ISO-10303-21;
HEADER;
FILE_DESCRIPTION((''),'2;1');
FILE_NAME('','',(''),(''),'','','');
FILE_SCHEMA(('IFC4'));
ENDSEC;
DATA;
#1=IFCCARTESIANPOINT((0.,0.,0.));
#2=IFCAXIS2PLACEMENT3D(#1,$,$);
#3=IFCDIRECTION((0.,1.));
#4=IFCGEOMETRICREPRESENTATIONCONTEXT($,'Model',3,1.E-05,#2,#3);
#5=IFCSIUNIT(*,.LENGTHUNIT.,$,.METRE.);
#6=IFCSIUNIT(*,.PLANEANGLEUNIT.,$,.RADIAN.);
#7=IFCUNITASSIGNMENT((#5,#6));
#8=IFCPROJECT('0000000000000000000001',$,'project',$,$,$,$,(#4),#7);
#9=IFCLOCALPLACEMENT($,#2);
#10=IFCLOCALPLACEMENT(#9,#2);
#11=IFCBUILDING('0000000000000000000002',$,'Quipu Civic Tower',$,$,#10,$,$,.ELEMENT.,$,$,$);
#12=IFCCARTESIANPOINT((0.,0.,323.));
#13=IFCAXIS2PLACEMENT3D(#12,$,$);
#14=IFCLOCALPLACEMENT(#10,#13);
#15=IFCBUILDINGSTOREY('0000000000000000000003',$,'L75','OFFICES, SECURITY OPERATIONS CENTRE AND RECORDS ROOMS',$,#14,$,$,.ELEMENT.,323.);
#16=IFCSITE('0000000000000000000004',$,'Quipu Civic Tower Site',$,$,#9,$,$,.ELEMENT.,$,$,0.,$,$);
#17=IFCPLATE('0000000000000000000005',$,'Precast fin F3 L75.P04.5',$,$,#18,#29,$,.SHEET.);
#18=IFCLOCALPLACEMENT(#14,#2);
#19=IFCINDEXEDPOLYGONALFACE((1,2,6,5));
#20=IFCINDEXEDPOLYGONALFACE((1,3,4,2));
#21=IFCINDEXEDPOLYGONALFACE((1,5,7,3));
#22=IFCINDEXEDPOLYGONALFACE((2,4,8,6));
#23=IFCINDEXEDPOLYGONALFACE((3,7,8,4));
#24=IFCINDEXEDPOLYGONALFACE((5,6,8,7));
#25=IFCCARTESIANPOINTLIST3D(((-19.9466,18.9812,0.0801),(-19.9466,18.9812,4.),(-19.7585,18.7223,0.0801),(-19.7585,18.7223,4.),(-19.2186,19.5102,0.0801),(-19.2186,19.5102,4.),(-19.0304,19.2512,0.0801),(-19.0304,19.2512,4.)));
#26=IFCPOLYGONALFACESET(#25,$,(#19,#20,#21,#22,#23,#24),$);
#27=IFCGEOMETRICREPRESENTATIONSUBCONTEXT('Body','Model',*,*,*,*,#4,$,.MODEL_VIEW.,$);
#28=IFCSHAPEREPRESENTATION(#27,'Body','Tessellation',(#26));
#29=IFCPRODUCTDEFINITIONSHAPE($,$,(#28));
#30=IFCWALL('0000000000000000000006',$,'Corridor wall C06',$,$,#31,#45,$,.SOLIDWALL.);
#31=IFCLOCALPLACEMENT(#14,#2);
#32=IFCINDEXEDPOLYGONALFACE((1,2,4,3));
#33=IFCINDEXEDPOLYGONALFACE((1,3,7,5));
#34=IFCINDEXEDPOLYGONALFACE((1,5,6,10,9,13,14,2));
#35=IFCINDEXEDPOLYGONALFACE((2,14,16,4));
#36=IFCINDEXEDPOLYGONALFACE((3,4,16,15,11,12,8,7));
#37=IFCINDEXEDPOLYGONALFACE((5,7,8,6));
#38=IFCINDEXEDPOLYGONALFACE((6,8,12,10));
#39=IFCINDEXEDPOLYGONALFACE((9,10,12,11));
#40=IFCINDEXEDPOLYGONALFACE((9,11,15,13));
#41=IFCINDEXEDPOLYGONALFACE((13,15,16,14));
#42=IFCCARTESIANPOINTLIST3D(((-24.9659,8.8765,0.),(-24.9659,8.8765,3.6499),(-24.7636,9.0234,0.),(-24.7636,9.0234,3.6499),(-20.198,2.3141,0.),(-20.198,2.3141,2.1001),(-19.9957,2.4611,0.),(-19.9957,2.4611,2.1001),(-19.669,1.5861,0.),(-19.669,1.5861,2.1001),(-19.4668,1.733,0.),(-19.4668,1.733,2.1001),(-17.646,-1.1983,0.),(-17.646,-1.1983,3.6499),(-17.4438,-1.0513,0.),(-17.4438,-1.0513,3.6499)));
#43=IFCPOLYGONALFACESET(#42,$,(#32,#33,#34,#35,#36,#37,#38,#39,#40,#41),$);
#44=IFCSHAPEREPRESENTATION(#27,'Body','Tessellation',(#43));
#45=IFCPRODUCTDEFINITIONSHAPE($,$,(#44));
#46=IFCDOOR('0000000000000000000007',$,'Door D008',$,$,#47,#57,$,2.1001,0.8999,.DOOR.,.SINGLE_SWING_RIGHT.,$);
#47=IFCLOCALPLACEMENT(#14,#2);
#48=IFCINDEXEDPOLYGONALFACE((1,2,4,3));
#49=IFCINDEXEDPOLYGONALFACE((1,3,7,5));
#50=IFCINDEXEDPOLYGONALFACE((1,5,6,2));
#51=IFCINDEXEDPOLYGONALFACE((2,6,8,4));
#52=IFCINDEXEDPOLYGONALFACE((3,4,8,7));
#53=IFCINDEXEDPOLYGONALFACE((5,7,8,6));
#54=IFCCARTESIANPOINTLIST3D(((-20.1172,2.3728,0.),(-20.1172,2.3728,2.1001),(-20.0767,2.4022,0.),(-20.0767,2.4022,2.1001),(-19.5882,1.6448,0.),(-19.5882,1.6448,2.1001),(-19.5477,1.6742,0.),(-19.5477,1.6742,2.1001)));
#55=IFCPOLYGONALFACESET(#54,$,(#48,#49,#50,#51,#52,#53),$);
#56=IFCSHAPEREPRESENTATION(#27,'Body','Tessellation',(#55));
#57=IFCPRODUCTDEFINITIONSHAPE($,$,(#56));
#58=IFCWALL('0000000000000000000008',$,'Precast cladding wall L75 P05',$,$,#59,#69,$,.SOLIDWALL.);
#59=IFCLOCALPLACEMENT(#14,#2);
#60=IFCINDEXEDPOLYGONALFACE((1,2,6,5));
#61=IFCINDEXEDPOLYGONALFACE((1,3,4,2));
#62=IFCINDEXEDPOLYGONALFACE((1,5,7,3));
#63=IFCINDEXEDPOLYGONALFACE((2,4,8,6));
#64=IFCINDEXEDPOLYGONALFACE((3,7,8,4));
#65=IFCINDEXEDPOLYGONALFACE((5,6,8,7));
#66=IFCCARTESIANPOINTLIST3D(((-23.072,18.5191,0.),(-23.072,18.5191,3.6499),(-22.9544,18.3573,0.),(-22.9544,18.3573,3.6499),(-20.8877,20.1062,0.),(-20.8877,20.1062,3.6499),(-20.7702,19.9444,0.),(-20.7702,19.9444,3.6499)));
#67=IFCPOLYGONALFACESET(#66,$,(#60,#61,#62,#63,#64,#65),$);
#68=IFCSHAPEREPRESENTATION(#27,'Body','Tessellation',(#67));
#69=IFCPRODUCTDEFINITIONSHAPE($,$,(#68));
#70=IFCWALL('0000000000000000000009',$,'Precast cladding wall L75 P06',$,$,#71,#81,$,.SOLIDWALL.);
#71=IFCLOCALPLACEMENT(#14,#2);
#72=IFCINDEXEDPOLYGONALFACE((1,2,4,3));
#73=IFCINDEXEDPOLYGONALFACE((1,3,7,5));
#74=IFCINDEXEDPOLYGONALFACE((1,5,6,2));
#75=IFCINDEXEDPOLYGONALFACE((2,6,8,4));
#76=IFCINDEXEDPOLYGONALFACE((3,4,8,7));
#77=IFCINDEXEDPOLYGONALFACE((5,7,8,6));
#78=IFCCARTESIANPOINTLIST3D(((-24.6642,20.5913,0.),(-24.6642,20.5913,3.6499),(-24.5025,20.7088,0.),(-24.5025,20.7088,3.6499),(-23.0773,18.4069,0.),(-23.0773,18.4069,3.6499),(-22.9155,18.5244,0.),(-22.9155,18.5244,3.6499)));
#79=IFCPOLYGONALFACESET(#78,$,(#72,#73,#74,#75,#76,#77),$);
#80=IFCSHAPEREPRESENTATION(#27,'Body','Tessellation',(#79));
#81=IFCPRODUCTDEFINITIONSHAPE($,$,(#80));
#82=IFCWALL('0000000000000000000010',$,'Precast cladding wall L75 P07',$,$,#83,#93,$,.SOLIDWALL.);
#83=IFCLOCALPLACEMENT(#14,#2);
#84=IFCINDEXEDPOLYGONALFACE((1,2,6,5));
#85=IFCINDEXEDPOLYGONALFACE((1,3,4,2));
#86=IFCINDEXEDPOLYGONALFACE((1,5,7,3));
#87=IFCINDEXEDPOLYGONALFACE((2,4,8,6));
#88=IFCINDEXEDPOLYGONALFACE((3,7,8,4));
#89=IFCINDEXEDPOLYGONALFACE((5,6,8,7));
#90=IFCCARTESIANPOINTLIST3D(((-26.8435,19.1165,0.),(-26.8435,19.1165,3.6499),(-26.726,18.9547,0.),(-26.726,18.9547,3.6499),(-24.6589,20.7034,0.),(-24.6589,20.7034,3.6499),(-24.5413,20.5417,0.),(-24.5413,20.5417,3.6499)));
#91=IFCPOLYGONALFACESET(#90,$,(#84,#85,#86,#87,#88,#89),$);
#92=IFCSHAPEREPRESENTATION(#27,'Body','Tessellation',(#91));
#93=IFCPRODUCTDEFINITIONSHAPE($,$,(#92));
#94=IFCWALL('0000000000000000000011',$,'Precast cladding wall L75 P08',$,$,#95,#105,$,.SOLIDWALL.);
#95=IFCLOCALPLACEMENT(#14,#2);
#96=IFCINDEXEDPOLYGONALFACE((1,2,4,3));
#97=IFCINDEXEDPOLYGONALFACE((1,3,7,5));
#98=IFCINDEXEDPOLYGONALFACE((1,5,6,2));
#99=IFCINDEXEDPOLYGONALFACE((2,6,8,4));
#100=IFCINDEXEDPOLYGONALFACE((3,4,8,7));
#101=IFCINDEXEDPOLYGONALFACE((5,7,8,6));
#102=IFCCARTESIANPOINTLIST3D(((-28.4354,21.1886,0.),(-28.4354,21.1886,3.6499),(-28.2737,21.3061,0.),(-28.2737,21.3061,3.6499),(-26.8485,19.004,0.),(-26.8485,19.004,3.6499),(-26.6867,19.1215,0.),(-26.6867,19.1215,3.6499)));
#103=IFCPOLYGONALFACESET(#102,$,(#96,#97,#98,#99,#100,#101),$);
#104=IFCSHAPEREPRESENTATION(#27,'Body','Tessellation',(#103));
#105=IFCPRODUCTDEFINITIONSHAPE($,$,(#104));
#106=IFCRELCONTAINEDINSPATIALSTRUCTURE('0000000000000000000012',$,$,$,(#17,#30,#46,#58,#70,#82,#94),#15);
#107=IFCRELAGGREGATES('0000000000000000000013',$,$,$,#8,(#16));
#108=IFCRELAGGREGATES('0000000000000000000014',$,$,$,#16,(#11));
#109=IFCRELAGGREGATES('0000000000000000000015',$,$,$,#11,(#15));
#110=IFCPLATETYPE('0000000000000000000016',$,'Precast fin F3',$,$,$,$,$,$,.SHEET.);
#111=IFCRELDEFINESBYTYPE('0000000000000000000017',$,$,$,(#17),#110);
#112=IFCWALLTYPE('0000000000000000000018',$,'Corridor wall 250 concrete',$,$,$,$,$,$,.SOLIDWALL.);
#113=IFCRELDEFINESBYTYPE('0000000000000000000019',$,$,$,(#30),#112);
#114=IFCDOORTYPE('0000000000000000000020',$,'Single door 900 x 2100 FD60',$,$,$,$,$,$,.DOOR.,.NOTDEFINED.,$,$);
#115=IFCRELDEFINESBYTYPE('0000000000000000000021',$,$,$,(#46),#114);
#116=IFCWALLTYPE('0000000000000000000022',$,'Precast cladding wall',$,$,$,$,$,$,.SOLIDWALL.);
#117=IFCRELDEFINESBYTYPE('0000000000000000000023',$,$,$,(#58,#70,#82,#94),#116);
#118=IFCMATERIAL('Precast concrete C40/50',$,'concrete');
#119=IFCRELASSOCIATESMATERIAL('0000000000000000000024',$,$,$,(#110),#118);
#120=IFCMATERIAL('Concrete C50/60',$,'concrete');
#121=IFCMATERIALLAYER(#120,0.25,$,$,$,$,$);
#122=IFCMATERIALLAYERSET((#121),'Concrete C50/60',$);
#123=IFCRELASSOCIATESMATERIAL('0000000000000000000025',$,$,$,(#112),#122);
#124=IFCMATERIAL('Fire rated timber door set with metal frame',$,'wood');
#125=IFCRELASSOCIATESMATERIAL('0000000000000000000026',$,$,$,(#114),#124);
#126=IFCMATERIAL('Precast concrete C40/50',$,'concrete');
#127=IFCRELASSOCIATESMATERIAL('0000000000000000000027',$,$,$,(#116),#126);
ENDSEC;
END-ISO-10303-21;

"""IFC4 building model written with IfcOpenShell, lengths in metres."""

from ifc_helpers import new_model, si_unit, direction, frame, frame_2d, origin, origin_2d, place, context, subcontext, project, spatial, rectangle, extrude, material, layer, layer_set, type_object, element, fill, save


model = new_model("IFC4")

# Units and contexts
model_context = context("Model", 3, precision=1e-05, world=origin(), true_north=direction((0.0, 1.0)))
body_context = subcontext(model_context, "Body", "Model", "MODEL_VIEW")
ifc_project = project(units=[si_unit("LENGTHUNIT", "METRE"), si_unit("PLANEANGLEUNIT", "RADIAN")], contexts=[model_context])

# Site, building, storey
site_placement = place(None, origin())
site = spatial("IfcSite", under=ifc_project, at=site_placement, Name="Quipu Civic Tower Site", CompositionType="ELEMENT", RefElevation=0.0)
building_placement = place(site_placement, origin())
building = spatial("IfcBuilding", under=site, at=building_placement, Name="Quipu Civic Tower", CompositionType="ELEMENT")
storey_placement = place(building_placement, frame((0.0, 0.0, 323.0)))
storey = spatial("IfcBuildingStorey", under=building, at=storey_placement, Name="L75", Description="OFFICES, SECURITY OPERATIONS CENTRE AND RECORDS ROOMS", CompositionType="ELEMENT", Elevation=323.0)

# Plate
ifc_material_1 = material(Name="Precast concrete C40/50", Category="concrete")
plate_type = type_object("IfcPlateType", Name="Precast fin F3", PredefinedType="SHEET", material=ifc_material_1)
for number, where, z_axis, x_axis, name in (
    (1, (-19.4885, 19.1162, 0.0801), (0.0, 0.0, 1.0), (-0.587784, 0.809018, 0.0), "Precast fin F3 L75.P04.5"),
):
    element("IfcPlate", number, at=place(storey_placement, frame(where, z_axis=z_axis, x_axis=x_axis)), inside=storey, type_object=plate_type, Name=name, PredefinedType="SHEET", context=body_context, shape_type="SweptSolid", body=[
        extrude(rectangle(XDim=0.3201, YDim=0.8999, at=origin_2d()), origin(), (0.0, 0.0, 1.0), 3.9199),
    ])

# Wall, opening, door
ifc_material_2 = material(Name="Concrete C50/60", Category="concrete")
ifc_layer = layer(ifc_material_2, 0.25)
ifc_layer_set = layer_set([ifc_layer], Name="Concrete C50/60")
wall_type_1 = type_object("IfcWallType", Name="Corridor wall 250 concrete", PredefinedType="SOLIDWALL", material=ifc_layer_set)
wall_placement = place(storey_placement, frame((-24.8647, 8.95, 0.0), z_axis=(0.0, 0.0, 1.0), x_axis=(0.587792, -0.809012, 0.0)))
wall = element("IfcWall", 2, at=wall_placement, inside=storey, type_object=wall_type_1, Name="Corridor wall C06", PredefinedType="SOLIDWALL", context=body_context, shape_type="SweptSolid", body=[
    extrude(rectangle(XDim=12.4531, YDim=0.25, at=frame_2d((6.2266, 0.0))), origin(), (0.0, 0.0, 1.0), 3.6499),
])
opening_placement = place(wall_placement, frame((8.1116, 0.0, 0.0)))
opening = element("IfcOpeningElement", 3, at=opening_placement, cuts=wall, PredefinedType="OPENING", context=body_context, shape_type="SweptSolid", body=[
    extrude(rectangle(XDim=0.8999, YDim=2.1001, at=frame_2d((0.45, 1.05))), frame((0.0, 0.135, 0.0), z_axis=(0.0, -1.0, 0.0), x_axis=(1.0, 0.0, 0.0)), (0.0, 0.0, 1.0), 0.27),
])
ifc_material_3 = material(Name="Fire rated timber door set with metal frame", Category="wood")
door_type = type_object("IfcDoorType", Name="Single door 900 x 2100 FD60", OperationType="NOTDEFINED", PredefinedType="DOOR", material=ifc_material_3)
door_placement = place(opening_placement, origin())
door = element("IfcDoor", 4, at=door_placement, inside=storey, type_object=door_type, Name="Door D008", OperationType="SINGLE_SWING_RIGHT", OverallHeight=2.1001, OverallWidth=0.8999, PredefinedType="DOOR", context=body_context, shape_type="SweptSolid", body=[
    extrude(rectangle(XDim=0.8999, YDim=2.1001, at=frame_2d((0.45, 1.05))), frame((0.0, 0.0249, 0.0), z_axis=(0.0, -1.0, 0.0), x_axis=(1.0, 0.0, 0.0)), (0.0, 0.0, 1.0), 0.05),
])
fill(opening, door)

# Walls
ifc_material_4 = material(Name="Precast concrete C40/50", Category="concrete")
wall_type_2 = type_object("IfcWallType", Name="Precast cladding wall", PredefinedType="SOLIDWALL", material=ifc_material_4)
for number, where, z_axis, x_axis, name in (
    (5, (-20.8289, 20.0254, 0.0), (0.0, 0.0, 1.0), (-0.80899, -0.587822, 0.0), "Precast cladding wall L75 P05"),
    (6, (-22.9963, 18.4656, 0.0), (0.0, 0.0, 1.0), (-0.587763, 0.809033, 0.0), "Precast cladding wall L75 P06"),
):
    element("IfcWall", number, at=place(storey_placement, frame(where, z_axis=z_axis, x_axis=x_axis)), inside=storey, type_object=wall_type_2, Name=name, PredefinedType="SOLIDWALL", context=body_context, shape_type="SweptSolid", body=[
        extrude(rectangle(XDim=2.7, YDim=0.2, at=frame_2d((1.3501, 0.0))), origin(), (0.0, 0.0, 1.0), 3.6499),
    ])
for number, where, z_axis, x_axis, name in (
    (7, (-24.6001, 20.6226, 0.0), (0.0, 0.0, 1.0), (-0.809064, -0.58772, 0.0), "Precast cladding wall L75 P07"),
    (8, (-26.7676, 19.0627, 0.0), (0.0, 0.0, 1.0), (-0.58772, 0.809064, 0.0), "Precast cladding wall L75 P08"),
):
    element("IfcWall", number, at=place(storey_placement, frame(where, z_axis=z_axis, x_axis=x_axis)), inside=storey, type_object=wall_type_2, Name=name, PredefinedType="SOLIDWALL", context=body_context, shape_type="SweptSolid", body=[
        extrude(rectangle(XDim=2.7002, YDim=0.2, at=frame_2d((1.3501, 0.0))), origin(), (0.0, 0.0, 1.0), 3.6499),
    ])

save(model, "model.ifc")
